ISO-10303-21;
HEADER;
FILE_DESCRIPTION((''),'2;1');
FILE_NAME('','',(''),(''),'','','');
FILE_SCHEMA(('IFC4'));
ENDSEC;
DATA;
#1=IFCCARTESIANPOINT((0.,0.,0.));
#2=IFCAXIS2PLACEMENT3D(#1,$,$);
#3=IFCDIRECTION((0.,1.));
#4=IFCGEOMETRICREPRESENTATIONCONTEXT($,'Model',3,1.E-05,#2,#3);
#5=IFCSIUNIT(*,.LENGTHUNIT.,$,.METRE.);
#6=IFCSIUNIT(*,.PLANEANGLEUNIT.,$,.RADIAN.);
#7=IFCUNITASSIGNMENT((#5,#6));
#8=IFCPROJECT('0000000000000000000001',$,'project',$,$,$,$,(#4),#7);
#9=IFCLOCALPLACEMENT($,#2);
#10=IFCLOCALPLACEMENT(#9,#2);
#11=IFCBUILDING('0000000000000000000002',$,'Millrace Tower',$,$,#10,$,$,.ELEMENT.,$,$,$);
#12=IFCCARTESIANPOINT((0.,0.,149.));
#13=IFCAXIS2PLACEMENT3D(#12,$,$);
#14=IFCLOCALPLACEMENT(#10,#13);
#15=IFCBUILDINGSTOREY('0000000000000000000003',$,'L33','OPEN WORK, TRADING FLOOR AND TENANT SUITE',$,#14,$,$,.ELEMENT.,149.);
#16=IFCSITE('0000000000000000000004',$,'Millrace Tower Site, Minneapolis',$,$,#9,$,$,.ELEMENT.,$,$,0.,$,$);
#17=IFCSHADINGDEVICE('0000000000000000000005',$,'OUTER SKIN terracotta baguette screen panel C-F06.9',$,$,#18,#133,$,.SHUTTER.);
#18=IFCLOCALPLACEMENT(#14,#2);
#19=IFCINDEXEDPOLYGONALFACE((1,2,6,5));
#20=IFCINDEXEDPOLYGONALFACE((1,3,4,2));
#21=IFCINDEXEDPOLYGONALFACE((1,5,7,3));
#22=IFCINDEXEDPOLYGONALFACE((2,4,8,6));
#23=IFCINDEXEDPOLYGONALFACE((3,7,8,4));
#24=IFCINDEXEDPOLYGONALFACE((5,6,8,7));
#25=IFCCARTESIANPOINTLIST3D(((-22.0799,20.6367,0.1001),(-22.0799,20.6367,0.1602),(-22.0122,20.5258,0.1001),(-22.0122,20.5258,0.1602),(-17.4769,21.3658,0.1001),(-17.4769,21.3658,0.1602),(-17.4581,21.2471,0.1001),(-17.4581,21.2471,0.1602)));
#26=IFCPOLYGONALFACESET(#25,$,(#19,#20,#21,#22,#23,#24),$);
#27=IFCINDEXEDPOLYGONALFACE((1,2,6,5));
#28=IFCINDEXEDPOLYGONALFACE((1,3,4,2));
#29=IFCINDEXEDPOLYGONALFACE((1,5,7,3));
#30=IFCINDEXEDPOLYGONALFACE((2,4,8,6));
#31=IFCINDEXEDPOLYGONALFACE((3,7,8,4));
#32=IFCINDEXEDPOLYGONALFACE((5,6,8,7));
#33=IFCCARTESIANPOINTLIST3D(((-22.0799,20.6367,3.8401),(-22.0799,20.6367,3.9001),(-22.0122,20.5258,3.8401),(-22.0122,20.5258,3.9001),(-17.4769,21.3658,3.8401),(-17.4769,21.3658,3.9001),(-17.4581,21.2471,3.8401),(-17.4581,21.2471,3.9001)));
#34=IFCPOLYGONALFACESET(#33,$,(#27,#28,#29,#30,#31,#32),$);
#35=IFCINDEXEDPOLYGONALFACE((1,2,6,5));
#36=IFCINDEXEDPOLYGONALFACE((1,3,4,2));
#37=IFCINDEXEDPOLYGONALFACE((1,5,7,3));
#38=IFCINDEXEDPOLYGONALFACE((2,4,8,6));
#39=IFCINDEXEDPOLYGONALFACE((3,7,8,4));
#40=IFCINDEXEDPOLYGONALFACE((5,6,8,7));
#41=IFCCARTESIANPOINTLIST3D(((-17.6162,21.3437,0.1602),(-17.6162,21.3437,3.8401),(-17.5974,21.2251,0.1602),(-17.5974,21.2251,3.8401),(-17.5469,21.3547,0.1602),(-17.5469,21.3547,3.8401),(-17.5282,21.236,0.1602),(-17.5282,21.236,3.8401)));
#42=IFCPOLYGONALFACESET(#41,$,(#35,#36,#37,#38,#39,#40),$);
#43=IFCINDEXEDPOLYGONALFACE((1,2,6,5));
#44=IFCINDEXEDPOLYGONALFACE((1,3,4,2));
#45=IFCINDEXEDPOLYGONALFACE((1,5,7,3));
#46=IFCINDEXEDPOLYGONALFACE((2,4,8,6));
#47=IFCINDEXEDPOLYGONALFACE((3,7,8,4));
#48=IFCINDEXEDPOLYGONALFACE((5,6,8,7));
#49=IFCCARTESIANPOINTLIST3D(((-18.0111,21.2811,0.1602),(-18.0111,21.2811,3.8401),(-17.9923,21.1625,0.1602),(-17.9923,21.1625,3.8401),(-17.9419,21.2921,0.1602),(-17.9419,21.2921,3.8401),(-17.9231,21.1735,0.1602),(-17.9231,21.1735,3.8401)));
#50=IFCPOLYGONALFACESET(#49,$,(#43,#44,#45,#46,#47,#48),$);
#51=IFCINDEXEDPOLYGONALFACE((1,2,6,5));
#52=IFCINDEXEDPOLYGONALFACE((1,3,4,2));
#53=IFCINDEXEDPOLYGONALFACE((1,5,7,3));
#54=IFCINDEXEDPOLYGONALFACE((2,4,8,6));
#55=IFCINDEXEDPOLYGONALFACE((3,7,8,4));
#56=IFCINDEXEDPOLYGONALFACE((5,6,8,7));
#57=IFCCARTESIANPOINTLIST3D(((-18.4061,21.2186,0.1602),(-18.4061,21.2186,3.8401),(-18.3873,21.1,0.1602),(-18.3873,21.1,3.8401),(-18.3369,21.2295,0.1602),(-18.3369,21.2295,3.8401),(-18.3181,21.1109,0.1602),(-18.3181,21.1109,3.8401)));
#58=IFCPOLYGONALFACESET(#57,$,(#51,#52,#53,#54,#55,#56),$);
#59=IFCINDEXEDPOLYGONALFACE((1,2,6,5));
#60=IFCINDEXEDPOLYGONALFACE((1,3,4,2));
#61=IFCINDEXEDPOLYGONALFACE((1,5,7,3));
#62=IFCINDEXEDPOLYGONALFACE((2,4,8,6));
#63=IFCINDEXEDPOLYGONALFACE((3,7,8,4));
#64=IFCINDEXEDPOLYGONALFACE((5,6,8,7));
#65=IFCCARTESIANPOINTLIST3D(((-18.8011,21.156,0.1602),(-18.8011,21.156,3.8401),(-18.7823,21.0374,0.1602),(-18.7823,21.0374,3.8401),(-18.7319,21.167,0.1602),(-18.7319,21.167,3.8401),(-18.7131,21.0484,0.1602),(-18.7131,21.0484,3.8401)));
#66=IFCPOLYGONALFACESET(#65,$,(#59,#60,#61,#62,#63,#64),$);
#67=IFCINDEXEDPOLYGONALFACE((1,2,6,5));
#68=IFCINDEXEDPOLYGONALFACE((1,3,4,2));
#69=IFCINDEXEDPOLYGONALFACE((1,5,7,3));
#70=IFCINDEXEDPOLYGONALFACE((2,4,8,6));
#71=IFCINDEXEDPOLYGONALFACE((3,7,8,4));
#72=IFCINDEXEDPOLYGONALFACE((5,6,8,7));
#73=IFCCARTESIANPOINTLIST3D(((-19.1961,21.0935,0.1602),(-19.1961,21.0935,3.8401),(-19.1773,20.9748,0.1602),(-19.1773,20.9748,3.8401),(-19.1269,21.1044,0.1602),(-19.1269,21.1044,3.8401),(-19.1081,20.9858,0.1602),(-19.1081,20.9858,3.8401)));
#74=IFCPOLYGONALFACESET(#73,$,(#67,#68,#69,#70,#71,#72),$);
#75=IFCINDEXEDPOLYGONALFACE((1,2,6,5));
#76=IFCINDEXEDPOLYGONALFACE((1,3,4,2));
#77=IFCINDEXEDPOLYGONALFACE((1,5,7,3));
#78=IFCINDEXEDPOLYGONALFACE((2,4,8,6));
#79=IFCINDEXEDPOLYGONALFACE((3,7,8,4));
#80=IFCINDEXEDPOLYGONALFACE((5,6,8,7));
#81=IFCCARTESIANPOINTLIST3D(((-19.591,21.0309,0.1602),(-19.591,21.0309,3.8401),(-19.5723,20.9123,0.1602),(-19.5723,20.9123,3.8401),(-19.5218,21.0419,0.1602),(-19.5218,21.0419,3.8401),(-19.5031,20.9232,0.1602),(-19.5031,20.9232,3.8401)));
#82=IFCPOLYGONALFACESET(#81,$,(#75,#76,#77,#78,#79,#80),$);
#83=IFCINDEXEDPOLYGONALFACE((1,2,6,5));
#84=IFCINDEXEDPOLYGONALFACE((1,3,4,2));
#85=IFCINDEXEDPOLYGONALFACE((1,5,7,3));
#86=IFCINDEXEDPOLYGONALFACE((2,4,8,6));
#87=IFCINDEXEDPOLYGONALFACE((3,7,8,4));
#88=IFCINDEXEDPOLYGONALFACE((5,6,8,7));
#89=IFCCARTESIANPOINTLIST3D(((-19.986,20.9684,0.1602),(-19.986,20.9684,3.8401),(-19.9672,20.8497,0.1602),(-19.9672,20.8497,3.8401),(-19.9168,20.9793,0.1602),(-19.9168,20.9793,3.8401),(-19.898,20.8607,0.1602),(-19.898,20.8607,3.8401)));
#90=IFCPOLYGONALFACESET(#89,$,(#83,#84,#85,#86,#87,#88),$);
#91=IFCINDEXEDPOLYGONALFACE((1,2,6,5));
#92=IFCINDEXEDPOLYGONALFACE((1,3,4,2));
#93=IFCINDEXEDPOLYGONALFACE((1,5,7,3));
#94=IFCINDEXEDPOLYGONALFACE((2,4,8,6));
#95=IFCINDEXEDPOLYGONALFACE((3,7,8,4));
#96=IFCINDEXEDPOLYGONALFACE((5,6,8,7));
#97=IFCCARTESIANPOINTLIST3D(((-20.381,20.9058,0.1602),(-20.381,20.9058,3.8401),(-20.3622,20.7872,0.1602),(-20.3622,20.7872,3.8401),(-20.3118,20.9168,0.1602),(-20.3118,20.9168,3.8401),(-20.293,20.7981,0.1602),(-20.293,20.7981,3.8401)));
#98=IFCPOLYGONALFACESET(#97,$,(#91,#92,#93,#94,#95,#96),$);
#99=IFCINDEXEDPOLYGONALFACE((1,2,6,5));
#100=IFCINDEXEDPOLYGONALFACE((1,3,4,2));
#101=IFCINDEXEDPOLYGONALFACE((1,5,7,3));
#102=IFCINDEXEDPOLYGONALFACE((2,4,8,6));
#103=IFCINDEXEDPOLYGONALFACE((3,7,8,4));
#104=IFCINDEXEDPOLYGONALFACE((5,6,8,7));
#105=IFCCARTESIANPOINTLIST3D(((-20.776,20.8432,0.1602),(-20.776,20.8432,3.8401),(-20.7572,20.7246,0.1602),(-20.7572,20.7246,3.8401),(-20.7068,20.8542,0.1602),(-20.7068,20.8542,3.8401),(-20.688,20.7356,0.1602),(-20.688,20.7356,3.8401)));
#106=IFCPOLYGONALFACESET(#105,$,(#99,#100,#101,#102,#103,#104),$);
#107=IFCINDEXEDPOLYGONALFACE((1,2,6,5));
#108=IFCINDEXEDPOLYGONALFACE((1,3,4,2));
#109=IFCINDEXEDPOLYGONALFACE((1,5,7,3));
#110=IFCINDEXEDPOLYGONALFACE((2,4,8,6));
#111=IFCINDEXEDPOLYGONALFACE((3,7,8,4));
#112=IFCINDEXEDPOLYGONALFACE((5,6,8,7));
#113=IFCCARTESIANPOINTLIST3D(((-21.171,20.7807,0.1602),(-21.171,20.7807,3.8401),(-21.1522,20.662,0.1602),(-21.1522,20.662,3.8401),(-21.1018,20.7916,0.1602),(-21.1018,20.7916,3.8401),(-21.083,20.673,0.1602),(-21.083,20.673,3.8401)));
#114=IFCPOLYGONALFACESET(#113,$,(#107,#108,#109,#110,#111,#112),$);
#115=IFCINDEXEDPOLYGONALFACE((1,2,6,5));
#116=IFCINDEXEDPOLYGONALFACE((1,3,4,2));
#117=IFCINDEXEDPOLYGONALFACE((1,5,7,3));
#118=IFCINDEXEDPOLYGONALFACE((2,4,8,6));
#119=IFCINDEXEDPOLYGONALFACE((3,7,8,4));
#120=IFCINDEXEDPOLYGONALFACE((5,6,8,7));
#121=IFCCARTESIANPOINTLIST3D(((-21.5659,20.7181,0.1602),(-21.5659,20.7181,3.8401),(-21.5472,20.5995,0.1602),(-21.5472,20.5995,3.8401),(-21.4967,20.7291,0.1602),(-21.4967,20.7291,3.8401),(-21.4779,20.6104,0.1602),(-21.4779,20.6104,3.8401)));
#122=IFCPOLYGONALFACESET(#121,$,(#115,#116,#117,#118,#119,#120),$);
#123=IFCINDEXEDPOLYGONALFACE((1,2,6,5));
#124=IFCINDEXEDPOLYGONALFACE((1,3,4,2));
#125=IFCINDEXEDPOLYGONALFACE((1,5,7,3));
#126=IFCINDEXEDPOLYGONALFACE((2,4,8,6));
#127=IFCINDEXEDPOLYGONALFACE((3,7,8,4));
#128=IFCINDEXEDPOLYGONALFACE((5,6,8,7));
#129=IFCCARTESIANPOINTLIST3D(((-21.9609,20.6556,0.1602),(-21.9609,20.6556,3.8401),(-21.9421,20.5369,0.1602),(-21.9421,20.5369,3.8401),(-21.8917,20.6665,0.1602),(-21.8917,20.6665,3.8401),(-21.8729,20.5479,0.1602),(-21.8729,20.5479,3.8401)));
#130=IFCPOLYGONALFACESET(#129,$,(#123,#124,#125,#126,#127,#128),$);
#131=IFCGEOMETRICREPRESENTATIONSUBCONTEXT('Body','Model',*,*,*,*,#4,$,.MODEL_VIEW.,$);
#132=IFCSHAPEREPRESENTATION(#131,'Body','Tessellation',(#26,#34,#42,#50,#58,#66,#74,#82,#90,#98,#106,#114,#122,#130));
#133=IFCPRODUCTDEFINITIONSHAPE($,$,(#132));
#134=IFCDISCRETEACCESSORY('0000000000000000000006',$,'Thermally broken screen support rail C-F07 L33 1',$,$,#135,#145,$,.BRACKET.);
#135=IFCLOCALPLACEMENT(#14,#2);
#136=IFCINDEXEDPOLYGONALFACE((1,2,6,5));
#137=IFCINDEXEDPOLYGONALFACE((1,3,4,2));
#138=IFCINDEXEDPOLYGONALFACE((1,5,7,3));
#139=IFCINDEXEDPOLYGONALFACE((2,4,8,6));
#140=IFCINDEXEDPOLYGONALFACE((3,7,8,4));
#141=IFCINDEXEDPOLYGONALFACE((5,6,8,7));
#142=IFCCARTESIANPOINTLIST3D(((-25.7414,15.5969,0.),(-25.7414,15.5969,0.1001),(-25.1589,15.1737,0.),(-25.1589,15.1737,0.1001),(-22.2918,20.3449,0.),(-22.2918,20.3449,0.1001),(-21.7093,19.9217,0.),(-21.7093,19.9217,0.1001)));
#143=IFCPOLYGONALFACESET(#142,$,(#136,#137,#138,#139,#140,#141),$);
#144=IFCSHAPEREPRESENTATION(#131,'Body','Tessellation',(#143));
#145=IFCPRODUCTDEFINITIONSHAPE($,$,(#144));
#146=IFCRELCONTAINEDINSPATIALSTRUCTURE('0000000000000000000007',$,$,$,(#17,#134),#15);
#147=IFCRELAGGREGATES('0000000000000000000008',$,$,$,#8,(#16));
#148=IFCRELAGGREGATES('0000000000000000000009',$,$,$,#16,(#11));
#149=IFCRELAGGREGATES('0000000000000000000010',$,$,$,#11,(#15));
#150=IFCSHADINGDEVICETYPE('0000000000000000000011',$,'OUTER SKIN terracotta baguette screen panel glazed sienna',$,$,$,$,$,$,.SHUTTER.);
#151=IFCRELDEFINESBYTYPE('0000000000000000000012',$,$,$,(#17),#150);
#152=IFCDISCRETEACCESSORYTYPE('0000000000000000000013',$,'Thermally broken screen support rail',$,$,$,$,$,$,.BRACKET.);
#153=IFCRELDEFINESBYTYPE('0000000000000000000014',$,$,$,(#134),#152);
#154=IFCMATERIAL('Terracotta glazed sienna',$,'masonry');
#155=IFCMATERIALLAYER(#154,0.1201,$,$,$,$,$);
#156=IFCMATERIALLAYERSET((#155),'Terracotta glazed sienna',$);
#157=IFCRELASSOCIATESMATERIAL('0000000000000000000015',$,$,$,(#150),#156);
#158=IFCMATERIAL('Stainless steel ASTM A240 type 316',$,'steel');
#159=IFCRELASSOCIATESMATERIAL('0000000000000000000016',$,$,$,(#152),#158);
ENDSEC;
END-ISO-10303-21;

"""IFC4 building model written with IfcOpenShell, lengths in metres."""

from ifc_helpers import new_model, entity, si_unit, direction, frame, frame_2d, origin, origin_2d, place, context, subcontext, project, spatial, rectangle, extrude, source, transform, mapped, material, layer, layer_set, type_object, element, save


model = new_model("IFC4")

# Units and contexts
model_context = context("Model", 3, precision=1e-05, world=origin(), true_north=direction((0.0, 1.0)))
body_context = subcontext(model_context, "Body", "Model", "MODEL_VIEW")
ifc_project = project(units=[si_unit("LENGTHUNIT", "METRE"), si_unit("PLANEANGLEUNIT", "RADIAN")], contexts=[model_context])

# Site, building, storey
site_placement = place(None, origin())
site = spatial("IfcSite", under=ifc_project, at=site_placement, Name="Millrace Tower Site, Minneapolis", CompositionType="ELEMENT", RefElevation=0.0)
building_placement = place(site_placement, origin())
building = spatial("IfcBuilding", under=site, at=building_placement, Name="Millrace Tower", CompositionType="ELEMENT")
storey_placement = place(building_placement, frame((0.0, 0.0, 149.0)))
storey = spatial("IfcBuildingStorey", under=building, at=storey_placement, Name="L33", Description="OPEN WORK, TRADING FLOOR AND TENANT SUITE", CompositionType="ELEMENT", Elevation=149.0)

# Shading device
ifc_material_1 = material(Name="Terracotta glazed sienna", Category="masonry")
ifc_layer_1 = layer(ifc_material_1, 0.1201)
ifc_layer_set_1 = layer_set([ifc_layer_1], Name="Terracotta glazed sienna")
shading_device_type = type_object("IfcShadingDeviceType", Name="OUTER SKIN terracotta baguette screen panel glazed sienna", PredefinedType="SHUTTER", material=ifc_layer_set_1)
cartesian_point_1 = entity("IfcCartesianPoint", [-2.3179, 0.0601])
shared_polyline_1 = entity("IfcPolyline", [cartesian_point_1, entity("IfcCartesianPoint", [2.293, 0.0601]), entity("IfcCartesianPoint", [2.3425, -0.0601]), entity("IfcCartesianPoint", [-2.3179, -0.0601]), cartesian_point_1])
shared_shape_1 = source(origin(), body_context, "Body", "SweptSolid", [
    entity("IfcExtrudedAreaSolid", entity("IfcArbitraryClosedProfileDef", "AREA", None, shared_polyline_1), entity("IfcAxis2Placement3D", entity("IfcCartesianPoint", [0.0, 0.0, 0.0])), entity("IfcDirection", [0.0, 0.0, 1.0]), 0.0601),
    entity("IfcExtrudedAreaSolid", entity("IfcArbitraryClosedProfileDef", "AREA", None, shared_polyline_1), entity("IfcAxis2Placement3D", entity("IfcCartesianPoint", [0.0, 0.0, 3.74])), entity("IfcDirection", [0.0, 0.0, 1.0]), 0.0601),
    extrude(rectangle(XDim=0.0701, YDim=0.1201, at=frame_2d((-2.2119, 0.0))), frame((0.0, 0.0, 0.0601)), (0.0, 0.0, 1.0), 3.6799),
    extrude(rectangle(XDim=0.0701, YDim=0.1201, at=frame_2d((-1.812, 0.0))), frame((0.0, 0.0, 0.0601)), (0.0, 0.0, 1.0), 3.6799),
    extrude(rectangle(XDim=0.0701, YDim=0.1201, at=frame_2d((-1.4121, 0.0))), frame((0.0, 0.0, 0.0601)), (0.0, 0.0, 1.0), 3.6799),
    extrude(rectangle(XDim=0.0701, YDim=0.1201, at=frame_2d((-1.0122, 0.0))), frame((0.0, 0.0, 0.0601)), (0.0, 0.0, 1.0), 3.6799),
    extrude(rectangle(XDim=0.0701, YDim=0.1201, at=frame_2d((-0.6123, 0.0))), frame((0.0, 0.0, 0.0601)), (0.0, 0.0, 1.0), 3.6799),
    extrude(rectangle(XDim=0.0701, YDim=0.1201, at=frame_2d((-0.2124, 0.0))), frame((0.0, 0.0, 0.0601)), (0.0, 0.0, 1.0), 3.6799),
    extrude(rectangle(XDim=0.0701, YDim=0.1201, at=frame_2d((0.1875, 0.0))), frame((0.0, 0.0, 0.0601)), (0.0, 0.0, 1.0), 3.6799),
    extrude(rectangle(XDim=0.0701, YDim=0.1201, at=frame_2d((0.5874, 0.0))), frame((0.0, 0.0, 0.0601)), (0.0, 0.0, 1.0), 3.6799),
    extrude(rectangle(XDim=0.0701, YDim=0.1201, at=frame_2d((0.9873, 0.0))), frame((0.0, 0.0, 0.0601)), (0.0, 0.0, 1.0), 3.6799),
    extrude(rectangle(XDim=0.0701, YDim=0.1201, at=frame_2d((1.3872, 0.0))), frame((0.0, 0.0, 0.0601)), (0.0, 0.0, 1.0), 3.6799),
    extrude(rectangle(XDim=0.0701, YDim=0.1201, at=frame_2d((1.7871, 0.0))), frame((0.0, 0.0, 0.0601)), (0.0, 0.0, 1.0), 3.6799),
    extrude(rectangle(XDim=0.0701, YDim=0.1201, at=frame_2d((2.187, 0.0))), frame((0.0, 0.0, 0.0601)), (0.0, 0.0, 1.0), 3.6799),
])
shading_device_1_placement = place(storey_placement, frame((-19.7568, 20.9438, 0.1001), z_axis=(0.0, 0.0, 1.0), x_axis=(-0.987688, -0.156434, 0.0)))
element("IfcShadingDevice", 1, at=shading_device_1_placement, inside=storey, type_object=shading_device_type, Name="OUTER SKIN terracotta baguette screen panel C-F06.9", PredefinedType="SHUTTER", context=body_context, shape_type="MappedRepresentation", body=[
    mapped(shared_shape_1, transform((0.0, 0.0, 0.0), scale=1.0)),
])

# Discrete accessory
ifc_material_2 = material(Name="Stainless steel ASTM A240 type 316", Category="steel")
discrete_accessory_type = type_object("IfcDiscreteAccessoryType", Name="Thermally broken screen support rail", PredefinedType="BRACKET", material=ifc_material_2)
discrete_accessory_placement = place(storey_placement, frame((-23.7253, 17.7593, 0.0), z_axis=(0.0, 0.0, 1.0), x_axis=(-0.587785, -0.809017, 0.0)))
element("IfcDiscreteAccessory", 2, at=discrete_accessory_placement, inside=storey, type_object=discrete_accessory_type, Name="Thermally broken screen support rail C-F07 L33 1", PredefinedType="BRACKET", context=body_context, shape_type="SweptSolid", body=[
    extrude(rectangle(XDim=5.8689, YDim=0.72, at=origin_2d()), origin(), (0.0, 0.0, 1.0), 0.1001),
])

save(model, "model.ifc")
